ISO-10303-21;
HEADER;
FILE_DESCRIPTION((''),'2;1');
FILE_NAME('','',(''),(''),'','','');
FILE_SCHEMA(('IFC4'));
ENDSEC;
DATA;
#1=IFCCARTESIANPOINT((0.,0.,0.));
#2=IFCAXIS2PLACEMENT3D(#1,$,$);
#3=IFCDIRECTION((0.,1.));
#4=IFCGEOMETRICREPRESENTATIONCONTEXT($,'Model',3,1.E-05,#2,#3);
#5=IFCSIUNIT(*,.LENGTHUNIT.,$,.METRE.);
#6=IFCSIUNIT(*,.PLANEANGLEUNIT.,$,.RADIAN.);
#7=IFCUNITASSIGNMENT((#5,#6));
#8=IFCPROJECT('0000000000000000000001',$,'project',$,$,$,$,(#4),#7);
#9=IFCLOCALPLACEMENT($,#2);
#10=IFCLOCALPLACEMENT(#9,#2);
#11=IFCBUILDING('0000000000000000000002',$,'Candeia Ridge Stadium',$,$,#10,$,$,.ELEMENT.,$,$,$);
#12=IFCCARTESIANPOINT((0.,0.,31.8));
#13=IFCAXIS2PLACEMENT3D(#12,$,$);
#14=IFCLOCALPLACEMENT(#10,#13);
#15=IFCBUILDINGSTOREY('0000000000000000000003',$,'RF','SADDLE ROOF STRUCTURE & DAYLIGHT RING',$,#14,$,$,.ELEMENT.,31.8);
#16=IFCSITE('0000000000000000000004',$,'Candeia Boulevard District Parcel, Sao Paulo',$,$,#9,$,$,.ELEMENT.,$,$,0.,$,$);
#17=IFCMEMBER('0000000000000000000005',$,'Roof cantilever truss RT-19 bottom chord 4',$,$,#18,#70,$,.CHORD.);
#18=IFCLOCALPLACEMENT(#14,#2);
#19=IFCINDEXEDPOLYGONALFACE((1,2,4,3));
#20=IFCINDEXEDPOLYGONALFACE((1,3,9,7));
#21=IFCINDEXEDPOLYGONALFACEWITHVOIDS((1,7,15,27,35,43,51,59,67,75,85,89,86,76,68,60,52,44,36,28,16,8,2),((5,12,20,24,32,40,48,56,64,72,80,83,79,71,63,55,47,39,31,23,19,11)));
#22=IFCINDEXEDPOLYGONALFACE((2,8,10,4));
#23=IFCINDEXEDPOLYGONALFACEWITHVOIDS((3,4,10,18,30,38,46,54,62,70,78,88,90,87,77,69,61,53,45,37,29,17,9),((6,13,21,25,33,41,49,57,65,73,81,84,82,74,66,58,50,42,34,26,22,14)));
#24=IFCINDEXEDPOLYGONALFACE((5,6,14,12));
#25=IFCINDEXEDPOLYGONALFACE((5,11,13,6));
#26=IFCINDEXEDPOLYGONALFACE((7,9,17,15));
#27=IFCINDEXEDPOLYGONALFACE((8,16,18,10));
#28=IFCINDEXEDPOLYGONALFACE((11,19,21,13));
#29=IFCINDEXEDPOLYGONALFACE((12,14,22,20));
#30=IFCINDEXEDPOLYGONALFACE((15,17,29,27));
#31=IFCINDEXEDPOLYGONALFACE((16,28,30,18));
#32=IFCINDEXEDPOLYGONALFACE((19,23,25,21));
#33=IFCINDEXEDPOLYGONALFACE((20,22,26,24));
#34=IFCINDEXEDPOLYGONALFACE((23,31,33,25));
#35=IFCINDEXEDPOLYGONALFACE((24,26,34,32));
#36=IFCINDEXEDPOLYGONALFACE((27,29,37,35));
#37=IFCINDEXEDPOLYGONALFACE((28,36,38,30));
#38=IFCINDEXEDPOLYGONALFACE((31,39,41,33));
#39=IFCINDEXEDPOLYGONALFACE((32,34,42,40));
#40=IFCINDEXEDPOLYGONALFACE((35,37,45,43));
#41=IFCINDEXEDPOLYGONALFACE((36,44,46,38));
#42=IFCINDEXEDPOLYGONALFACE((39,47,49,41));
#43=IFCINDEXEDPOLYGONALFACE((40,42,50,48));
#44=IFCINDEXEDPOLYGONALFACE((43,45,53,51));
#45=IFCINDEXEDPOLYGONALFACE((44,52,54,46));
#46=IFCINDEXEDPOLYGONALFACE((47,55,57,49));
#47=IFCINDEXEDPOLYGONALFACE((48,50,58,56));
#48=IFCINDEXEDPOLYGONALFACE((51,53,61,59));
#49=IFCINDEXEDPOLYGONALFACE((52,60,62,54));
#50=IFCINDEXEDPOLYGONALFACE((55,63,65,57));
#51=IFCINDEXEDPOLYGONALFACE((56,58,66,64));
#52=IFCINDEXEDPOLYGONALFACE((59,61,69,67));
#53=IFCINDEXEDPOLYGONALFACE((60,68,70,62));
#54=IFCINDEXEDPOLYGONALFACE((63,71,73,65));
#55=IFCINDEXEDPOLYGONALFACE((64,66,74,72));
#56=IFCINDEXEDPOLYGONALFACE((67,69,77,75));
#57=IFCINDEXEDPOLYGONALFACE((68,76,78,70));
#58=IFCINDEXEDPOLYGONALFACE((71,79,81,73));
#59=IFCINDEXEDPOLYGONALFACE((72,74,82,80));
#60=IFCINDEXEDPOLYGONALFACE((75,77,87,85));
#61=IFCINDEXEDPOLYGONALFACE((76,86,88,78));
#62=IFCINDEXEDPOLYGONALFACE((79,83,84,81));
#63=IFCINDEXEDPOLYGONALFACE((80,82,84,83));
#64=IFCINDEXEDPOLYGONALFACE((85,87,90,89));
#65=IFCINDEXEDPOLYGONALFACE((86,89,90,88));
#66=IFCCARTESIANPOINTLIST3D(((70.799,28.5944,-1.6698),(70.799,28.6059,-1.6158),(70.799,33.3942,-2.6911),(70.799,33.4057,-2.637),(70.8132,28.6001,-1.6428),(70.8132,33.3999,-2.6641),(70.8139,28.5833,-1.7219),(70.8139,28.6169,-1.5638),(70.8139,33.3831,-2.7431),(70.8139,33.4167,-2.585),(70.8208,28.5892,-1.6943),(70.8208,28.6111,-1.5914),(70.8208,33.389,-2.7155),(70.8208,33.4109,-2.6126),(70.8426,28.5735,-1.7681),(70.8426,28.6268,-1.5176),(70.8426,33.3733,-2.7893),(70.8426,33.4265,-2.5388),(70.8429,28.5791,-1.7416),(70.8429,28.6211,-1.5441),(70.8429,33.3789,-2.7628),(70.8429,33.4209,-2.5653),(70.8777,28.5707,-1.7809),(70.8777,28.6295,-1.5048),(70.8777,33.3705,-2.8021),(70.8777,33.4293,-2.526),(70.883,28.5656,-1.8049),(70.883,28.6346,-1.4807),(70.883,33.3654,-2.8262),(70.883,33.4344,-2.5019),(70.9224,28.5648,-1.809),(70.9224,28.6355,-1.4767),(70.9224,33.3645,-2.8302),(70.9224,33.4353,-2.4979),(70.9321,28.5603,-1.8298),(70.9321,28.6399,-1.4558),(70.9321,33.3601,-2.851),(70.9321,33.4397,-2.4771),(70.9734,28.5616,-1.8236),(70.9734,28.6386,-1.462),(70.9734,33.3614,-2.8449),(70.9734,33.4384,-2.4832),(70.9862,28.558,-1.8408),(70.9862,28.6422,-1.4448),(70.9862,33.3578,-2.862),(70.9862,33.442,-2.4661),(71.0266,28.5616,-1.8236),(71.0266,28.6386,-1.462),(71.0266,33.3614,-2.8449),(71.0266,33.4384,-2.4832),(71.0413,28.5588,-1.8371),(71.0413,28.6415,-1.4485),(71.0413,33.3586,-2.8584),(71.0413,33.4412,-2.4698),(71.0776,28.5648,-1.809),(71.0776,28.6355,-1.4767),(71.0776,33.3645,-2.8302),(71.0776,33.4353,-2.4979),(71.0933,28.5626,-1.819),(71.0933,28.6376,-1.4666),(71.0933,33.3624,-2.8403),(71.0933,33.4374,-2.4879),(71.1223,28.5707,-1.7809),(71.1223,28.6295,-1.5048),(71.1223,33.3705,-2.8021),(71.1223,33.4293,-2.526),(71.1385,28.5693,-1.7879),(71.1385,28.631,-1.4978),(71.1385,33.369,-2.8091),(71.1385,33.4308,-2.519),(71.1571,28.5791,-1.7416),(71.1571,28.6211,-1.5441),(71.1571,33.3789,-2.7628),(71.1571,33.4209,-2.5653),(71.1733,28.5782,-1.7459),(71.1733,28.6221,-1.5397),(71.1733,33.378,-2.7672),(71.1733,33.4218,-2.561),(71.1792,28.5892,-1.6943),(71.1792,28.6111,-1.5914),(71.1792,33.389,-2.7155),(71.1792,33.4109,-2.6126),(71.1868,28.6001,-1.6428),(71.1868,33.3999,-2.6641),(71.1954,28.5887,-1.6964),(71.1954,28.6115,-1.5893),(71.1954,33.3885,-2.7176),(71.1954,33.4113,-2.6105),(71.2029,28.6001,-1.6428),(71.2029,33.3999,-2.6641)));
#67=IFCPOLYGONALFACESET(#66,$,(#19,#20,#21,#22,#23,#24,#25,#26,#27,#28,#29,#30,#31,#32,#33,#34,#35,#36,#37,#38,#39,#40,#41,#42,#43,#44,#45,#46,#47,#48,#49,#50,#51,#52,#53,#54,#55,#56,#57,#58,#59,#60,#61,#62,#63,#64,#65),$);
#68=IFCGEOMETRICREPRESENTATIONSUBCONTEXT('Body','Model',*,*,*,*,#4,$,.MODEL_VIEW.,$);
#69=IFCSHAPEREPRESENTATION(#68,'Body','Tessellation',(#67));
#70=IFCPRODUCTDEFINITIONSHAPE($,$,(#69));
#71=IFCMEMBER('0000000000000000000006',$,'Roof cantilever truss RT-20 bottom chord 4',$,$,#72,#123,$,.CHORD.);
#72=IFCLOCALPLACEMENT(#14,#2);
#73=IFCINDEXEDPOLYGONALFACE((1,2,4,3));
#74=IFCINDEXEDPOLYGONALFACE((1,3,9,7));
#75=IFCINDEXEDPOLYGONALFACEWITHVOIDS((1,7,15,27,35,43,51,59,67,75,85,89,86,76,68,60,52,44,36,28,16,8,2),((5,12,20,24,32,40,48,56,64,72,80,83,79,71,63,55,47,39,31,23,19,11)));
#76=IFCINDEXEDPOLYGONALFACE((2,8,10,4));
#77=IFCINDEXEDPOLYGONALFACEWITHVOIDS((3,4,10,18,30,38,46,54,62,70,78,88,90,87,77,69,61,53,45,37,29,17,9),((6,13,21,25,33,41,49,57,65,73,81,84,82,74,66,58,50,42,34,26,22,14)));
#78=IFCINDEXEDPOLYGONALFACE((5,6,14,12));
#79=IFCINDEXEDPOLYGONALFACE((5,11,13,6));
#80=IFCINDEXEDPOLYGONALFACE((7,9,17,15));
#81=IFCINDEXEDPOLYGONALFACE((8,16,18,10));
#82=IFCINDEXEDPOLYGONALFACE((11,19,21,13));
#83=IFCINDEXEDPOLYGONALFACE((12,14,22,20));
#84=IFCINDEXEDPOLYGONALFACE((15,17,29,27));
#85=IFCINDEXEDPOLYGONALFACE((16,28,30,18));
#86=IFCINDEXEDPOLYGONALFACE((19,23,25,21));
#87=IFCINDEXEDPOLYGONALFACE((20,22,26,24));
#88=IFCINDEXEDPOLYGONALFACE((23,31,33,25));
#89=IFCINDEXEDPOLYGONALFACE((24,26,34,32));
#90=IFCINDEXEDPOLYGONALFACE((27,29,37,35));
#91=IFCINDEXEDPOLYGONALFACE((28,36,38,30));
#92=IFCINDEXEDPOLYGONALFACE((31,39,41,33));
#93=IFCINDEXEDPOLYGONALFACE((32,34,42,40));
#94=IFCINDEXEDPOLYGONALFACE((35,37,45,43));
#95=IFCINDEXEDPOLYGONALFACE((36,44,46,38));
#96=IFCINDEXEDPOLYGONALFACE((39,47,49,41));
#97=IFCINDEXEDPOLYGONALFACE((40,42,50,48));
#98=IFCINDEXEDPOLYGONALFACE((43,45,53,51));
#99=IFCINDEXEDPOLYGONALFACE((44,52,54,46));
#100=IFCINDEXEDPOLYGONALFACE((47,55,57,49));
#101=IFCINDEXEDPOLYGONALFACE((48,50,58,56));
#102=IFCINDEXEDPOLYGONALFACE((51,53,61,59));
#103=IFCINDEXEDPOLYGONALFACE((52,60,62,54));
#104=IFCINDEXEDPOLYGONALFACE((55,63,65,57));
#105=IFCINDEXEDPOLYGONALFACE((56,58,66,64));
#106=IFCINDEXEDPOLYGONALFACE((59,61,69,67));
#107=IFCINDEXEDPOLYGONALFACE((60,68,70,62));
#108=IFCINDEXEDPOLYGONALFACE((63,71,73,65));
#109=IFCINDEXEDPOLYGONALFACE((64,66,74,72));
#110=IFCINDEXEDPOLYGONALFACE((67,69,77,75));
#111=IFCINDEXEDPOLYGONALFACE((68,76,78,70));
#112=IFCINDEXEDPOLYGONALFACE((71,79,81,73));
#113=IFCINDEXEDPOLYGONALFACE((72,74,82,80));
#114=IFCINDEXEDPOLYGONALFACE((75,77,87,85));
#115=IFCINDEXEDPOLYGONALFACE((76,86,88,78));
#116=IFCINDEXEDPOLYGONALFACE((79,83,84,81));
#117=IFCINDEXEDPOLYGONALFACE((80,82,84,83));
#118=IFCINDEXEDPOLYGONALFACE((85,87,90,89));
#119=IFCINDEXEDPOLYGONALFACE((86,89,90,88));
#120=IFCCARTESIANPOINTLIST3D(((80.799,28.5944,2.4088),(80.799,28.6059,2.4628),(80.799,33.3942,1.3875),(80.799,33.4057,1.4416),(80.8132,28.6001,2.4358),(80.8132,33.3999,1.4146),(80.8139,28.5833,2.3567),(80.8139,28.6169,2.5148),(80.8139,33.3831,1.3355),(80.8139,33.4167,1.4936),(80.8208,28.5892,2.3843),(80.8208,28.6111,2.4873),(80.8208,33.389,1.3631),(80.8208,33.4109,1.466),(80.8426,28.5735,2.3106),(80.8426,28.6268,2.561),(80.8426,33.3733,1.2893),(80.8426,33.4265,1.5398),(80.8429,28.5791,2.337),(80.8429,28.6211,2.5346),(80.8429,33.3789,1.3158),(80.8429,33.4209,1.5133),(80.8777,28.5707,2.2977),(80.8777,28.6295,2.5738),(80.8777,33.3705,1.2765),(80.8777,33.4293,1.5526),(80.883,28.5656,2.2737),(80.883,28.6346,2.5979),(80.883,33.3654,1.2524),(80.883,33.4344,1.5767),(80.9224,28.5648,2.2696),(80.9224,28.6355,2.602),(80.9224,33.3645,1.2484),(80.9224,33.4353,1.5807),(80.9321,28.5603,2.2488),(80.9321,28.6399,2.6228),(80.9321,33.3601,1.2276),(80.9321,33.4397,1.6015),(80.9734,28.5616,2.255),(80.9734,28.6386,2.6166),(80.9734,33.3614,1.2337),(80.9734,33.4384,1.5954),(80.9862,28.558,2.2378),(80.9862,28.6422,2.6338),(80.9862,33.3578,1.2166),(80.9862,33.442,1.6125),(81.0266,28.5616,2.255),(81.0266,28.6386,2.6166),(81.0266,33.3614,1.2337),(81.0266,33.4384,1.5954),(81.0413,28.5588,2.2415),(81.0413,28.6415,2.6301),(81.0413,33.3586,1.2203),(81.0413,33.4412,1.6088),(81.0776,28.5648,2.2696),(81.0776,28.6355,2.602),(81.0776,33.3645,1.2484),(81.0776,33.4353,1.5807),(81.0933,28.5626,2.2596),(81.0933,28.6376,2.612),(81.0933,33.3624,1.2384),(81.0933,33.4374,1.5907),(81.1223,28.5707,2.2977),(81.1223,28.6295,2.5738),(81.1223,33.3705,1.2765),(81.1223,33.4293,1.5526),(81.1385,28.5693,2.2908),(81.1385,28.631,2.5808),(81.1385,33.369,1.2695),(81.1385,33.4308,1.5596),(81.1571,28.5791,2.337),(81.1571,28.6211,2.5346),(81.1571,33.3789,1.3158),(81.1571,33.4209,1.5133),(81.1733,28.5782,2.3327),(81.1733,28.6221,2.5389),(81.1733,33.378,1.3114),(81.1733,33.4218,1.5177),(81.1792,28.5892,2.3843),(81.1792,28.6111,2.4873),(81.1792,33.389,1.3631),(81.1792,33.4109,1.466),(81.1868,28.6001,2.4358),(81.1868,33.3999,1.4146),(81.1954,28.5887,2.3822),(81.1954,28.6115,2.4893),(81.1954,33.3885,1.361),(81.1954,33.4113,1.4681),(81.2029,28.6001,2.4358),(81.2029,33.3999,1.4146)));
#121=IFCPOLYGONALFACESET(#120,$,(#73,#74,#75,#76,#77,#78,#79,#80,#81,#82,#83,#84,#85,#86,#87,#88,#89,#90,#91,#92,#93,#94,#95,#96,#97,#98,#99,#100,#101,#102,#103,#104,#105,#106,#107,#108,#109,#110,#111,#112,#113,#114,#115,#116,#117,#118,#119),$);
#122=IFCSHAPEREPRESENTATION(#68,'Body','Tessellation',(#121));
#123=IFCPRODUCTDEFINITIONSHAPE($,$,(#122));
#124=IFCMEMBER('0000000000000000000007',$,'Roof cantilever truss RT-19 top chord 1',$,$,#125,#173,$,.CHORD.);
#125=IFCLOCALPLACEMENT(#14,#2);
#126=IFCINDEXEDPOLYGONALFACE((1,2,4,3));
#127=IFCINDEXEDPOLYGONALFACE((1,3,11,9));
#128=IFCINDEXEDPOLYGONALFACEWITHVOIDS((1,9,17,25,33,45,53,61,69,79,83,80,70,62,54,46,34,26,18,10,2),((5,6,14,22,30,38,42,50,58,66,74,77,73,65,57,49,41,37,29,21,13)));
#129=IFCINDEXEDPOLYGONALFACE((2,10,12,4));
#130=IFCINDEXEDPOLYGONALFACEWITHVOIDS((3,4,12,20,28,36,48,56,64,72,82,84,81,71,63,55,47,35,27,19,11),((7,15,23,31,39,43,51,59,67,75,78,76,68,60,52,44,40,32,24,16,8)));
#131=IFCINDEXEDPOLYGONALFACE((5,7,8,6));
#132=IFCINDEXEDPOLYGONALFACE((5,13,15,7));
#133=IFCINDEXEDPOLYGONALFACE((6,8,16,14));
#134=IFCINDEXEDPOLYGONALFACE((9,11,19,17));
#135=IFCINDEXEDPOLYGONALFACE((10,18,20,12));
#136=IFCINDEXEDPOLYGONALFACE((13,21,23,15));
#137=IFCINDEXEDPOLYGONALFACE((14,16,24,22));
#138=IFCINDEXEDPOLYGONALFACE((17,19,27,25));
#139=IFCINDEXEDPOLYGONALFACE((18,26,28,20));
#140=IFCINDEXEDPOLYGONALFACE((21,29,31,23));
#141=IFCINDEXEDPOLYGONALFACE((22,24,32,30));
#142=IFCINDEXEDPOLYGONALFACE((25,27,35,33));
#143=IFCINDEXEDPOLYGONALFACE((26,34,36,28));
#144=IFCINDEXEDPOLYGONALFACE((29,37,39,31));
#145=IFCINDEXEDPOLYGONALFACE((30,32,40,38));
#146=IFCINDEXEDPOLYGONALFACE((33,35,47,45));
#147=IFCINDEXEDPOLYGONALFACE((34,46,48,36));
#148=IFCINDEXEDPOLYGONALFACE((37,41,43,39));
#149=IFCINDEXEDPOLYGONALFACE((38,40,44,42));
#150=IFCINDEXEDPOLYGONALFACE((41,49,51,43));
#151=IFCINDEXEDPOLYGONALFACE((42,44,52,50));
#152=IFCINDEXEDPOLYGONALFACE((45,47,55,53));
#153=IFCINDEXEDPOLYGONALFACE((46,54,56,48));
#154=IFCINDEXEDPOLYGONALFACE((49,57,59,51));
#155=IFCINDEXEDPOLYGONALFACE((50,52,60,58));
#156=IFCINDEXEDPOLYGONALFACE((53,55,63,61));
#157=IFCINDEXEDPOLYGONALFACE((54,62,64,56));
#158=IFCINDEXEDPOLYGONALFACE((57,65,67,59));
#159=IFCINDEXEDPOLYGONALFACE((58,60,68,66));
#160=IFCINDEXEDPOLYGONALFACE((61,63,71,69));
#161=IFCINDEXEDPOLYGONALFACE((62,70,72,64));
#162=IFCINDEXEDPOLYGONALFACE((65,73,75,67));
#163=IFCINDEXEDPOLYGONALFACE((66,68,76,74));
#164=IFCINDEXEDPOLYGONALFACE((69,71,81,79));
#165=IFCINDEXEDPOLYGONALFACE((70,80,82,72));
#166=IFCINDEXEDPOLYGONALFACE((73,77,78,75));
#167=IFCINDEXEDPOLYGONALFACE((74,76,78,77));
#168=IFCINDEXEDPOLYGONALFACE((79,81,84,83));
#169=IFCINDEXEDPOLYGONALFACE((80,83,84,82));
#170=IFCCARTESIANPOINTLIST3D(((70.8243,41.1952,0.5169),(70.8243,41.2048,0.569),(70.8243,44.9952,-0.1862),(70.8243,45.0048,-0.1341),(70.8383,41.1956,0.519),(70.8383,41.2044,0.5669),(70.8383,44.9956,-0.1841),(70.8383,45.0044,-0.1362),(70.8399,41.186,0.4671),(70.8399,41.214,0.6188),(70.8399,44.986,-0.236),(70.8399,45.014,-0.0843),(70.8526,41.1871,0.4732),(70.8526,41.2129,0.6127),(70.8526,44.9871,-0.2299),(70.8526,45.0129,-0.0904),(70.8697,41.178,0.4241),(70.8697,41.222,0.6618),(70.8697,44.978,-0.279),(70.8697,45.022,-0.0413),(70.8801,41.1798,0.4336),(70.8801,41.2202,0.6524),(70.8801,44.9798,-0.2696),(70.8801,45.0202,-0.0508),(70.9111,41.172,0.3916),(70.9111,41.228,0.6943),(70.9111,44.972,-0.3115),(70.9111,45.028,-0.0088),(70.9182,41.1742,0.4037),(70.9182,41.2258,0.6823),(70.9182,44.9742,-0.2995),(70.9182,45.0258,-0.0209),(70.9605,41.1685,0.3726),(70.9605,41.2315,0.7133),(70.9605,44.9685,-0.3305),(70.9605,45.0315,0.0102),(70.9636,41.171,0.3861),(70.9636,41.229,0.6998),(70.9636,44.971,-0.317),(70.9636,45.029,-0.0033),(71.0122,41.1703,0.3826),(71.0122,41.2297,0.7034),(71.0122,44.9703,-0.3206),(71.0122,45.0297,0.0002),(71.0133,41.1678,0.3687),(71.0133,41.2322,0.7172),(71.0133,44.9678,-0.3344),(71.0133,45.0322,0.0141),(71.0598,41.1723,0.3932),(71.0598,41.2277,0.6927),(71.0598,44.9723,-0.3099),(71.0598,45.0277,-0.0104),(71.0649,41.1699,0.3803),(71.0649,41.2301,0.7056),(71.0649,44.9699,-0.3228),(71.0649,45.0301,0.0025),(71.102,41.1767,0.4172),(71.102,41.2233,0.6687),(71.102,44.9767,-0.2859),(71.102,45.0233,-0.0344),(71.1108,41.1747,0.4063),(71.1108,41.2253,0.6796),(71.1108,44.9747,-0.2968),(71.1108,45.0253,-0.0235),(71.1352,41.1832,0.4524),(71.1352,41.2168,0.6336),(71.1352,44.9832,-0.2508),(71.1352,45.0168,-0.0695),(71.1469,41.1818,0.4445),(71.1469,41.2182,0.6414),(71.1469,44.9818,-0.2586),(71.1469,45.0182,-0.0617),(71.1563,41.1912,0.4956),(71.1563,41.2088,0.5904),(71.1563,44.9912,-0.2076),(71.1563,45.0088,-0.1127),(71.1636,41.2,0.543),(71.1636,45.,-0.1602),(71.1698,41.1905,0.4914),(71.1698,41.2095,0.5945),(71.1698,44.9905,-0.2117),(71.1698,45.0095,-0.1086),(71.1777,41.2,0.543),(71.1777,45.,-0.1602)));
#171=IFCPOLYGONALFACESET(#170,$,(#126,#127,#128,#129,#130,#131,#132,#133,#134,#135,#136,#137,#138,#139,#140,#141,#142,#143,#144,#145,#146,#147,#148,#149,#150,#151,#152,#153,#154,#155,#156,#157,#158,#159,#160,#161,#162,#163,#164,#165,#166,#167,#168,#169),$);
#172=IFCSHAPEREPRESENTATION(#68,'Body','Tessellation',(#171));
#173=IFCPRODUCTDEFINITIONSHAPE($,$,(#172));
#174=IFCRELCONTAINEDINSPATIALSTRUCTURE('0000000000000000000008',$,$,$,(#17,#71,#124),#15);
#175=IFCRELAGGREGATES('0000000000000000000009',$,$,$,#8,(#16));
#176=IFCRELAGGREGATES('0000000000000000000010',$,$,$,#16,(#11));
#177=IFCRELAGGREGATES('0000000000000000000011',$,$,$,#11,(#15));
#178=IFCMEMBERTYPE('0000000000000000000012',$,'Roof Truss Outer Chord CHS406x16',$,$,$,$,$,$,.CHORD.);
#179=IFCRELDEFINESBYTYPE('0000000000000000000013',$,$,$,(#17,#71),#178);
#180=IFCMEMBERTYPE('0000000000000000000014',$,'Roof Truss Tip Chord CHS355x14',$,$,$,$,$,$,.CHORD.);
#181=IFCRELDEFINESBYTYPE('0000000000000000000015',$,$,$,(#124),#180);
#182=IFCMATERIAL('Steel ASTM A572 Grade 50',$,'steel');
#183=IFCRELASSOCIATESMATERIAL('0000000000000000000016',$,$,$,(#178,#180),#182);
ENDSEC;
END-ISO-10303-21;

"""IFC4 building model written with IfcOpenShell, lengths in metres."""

from ifc_helpers import new_model, si_unit, direction, frame, origin, origin_2d, place, context, subcontext, project, spatial, hollow_circle, extrude, material, material_profile, profile_set, type_object, element, save


model = new_model("IFC4")

# Units and contexts
model_context = context("Model", 3, precision=1e-05, world=origin(), true_north=direction((0.0, 1.0)))
body_context = subcontext(model_context, "Body", "Model", "MODEL_VIEW")
ifc_project = project(units=[si_unit("LENGTHUNIT", "METRE"), si_unit("PLANEANGLEUNIT", "RADIAN")], contexts=[model_context])

# Site, building, storey
site_placement = place(None, origin())
site = spatial("IfcSite", under=ifc_project, at=site_placement, Name="Candeia Boulevard District Parcel, Sao Paulo", CompositionType="ELEMENT", RefElevation=0.0)
building_placement = place(site_placement, origin())
building = spatial("IfcBuilding", under=site, at=building_placement, Name="Candeia Ridge Stadium", CompositionType="ELEMENT")
storey_placement = place(building_placement, frame((0.0, 0.0, 31.8)))
storey = spatial("IfcBuildingStorey", under=building, at=storey_placement, Name="RF", Description="SADDLE ROOF STRUCTURE & DAYLIGHT RING", CompositionType="ELEMENT", Elevation=31.8)

# Shared definitions
ifc_material_1 = material(Name="Steel ASTM A572 Grade 50", Category="steel")

# Members
ifc_material_profile_1 = material_profile(ifc_material_1, hollow_circle(Radius=0.2029, WallThickness=0.0161, at=origin_2d()), Name="CHS406x16", Category="steel")
ifc_profile_set_1 = profile_set([ifc_material_profile_1], Name="Steel ASTM A572 Grade 50")
member_type_1 = type_object("IfcMemberType", Name="Roof Truss Outer Chord CHS406x16", PredefinedType="CHORD", material=ifc_profile_set_1)
for number, where, z_axis, x_axis, name in (
    (1, (71.0, 33.3999, -2.6641), (0.0, -0.978106, 0.208109), (1.0, 0.0, 0.0), "Roof cantilever truss RT-19 bottom chord 4"),
    (2, (81.0, 33.3999, 1.4146), (0.0, -0.978106, 0.208109), (1.0, 0.0, 0.0), "Roof cantilever truss RT-20 bottom chord 4"),
):
    element("IfcMember", number, at=place(storey_placement, frame(where, z_axis=z_axis, x_axis=x_axis)), inside=storey, type_object=member_type_1, Name=name, PredefinedType="CHORD", context=body_context, shape_type="SweptSolid", body=[
        extrude(hollow_circle(Radius=0.2029, WallThickness=0.0161, at=origin_2d()), origin(), (0.0, 0.0, 1.0), 4.9072),
    ])
ifc_material_profile_2 = material_profile(ifc_material_1, hollow_circle(Radius=0.1777, WallThickness=0.0142, at=origin_2d()), Name="CHS355x14", Category="steel")
ifc_profile_set_2 = profile_set([ifc_material_profile_2], Name="Steel ASTM A572 Grade 50")
member_type_2 = type_object("IfcMemberType", Name="Roof Truss Tip Chord CHS355x14", PredefinedType="CHORD", material=ifc_profile_set_2)
member_1_placement = place(storey_placement, frame((71.0, 45.0, -0.1602), z_axis=(0.0, -0.983309, 0.181942), x_axis=(1.0, 0.0, 0.0)))
element("IfcMember", 3, at=member_1_placement, inside=storey, type_object=member_type_2, Name="Roof cantilever truss RT-19 top chord 1", PredefinedType="CHORD", context=body_context, shape_type="SweptSolid", body=[
    extrude(hollow_circle(Radius=0.1777, WallThickness=0.0142, at=origin_2d()), origin(), (0.0, 0.0, 1.0), 3.8645),
])

save(model, "model.ifc")
